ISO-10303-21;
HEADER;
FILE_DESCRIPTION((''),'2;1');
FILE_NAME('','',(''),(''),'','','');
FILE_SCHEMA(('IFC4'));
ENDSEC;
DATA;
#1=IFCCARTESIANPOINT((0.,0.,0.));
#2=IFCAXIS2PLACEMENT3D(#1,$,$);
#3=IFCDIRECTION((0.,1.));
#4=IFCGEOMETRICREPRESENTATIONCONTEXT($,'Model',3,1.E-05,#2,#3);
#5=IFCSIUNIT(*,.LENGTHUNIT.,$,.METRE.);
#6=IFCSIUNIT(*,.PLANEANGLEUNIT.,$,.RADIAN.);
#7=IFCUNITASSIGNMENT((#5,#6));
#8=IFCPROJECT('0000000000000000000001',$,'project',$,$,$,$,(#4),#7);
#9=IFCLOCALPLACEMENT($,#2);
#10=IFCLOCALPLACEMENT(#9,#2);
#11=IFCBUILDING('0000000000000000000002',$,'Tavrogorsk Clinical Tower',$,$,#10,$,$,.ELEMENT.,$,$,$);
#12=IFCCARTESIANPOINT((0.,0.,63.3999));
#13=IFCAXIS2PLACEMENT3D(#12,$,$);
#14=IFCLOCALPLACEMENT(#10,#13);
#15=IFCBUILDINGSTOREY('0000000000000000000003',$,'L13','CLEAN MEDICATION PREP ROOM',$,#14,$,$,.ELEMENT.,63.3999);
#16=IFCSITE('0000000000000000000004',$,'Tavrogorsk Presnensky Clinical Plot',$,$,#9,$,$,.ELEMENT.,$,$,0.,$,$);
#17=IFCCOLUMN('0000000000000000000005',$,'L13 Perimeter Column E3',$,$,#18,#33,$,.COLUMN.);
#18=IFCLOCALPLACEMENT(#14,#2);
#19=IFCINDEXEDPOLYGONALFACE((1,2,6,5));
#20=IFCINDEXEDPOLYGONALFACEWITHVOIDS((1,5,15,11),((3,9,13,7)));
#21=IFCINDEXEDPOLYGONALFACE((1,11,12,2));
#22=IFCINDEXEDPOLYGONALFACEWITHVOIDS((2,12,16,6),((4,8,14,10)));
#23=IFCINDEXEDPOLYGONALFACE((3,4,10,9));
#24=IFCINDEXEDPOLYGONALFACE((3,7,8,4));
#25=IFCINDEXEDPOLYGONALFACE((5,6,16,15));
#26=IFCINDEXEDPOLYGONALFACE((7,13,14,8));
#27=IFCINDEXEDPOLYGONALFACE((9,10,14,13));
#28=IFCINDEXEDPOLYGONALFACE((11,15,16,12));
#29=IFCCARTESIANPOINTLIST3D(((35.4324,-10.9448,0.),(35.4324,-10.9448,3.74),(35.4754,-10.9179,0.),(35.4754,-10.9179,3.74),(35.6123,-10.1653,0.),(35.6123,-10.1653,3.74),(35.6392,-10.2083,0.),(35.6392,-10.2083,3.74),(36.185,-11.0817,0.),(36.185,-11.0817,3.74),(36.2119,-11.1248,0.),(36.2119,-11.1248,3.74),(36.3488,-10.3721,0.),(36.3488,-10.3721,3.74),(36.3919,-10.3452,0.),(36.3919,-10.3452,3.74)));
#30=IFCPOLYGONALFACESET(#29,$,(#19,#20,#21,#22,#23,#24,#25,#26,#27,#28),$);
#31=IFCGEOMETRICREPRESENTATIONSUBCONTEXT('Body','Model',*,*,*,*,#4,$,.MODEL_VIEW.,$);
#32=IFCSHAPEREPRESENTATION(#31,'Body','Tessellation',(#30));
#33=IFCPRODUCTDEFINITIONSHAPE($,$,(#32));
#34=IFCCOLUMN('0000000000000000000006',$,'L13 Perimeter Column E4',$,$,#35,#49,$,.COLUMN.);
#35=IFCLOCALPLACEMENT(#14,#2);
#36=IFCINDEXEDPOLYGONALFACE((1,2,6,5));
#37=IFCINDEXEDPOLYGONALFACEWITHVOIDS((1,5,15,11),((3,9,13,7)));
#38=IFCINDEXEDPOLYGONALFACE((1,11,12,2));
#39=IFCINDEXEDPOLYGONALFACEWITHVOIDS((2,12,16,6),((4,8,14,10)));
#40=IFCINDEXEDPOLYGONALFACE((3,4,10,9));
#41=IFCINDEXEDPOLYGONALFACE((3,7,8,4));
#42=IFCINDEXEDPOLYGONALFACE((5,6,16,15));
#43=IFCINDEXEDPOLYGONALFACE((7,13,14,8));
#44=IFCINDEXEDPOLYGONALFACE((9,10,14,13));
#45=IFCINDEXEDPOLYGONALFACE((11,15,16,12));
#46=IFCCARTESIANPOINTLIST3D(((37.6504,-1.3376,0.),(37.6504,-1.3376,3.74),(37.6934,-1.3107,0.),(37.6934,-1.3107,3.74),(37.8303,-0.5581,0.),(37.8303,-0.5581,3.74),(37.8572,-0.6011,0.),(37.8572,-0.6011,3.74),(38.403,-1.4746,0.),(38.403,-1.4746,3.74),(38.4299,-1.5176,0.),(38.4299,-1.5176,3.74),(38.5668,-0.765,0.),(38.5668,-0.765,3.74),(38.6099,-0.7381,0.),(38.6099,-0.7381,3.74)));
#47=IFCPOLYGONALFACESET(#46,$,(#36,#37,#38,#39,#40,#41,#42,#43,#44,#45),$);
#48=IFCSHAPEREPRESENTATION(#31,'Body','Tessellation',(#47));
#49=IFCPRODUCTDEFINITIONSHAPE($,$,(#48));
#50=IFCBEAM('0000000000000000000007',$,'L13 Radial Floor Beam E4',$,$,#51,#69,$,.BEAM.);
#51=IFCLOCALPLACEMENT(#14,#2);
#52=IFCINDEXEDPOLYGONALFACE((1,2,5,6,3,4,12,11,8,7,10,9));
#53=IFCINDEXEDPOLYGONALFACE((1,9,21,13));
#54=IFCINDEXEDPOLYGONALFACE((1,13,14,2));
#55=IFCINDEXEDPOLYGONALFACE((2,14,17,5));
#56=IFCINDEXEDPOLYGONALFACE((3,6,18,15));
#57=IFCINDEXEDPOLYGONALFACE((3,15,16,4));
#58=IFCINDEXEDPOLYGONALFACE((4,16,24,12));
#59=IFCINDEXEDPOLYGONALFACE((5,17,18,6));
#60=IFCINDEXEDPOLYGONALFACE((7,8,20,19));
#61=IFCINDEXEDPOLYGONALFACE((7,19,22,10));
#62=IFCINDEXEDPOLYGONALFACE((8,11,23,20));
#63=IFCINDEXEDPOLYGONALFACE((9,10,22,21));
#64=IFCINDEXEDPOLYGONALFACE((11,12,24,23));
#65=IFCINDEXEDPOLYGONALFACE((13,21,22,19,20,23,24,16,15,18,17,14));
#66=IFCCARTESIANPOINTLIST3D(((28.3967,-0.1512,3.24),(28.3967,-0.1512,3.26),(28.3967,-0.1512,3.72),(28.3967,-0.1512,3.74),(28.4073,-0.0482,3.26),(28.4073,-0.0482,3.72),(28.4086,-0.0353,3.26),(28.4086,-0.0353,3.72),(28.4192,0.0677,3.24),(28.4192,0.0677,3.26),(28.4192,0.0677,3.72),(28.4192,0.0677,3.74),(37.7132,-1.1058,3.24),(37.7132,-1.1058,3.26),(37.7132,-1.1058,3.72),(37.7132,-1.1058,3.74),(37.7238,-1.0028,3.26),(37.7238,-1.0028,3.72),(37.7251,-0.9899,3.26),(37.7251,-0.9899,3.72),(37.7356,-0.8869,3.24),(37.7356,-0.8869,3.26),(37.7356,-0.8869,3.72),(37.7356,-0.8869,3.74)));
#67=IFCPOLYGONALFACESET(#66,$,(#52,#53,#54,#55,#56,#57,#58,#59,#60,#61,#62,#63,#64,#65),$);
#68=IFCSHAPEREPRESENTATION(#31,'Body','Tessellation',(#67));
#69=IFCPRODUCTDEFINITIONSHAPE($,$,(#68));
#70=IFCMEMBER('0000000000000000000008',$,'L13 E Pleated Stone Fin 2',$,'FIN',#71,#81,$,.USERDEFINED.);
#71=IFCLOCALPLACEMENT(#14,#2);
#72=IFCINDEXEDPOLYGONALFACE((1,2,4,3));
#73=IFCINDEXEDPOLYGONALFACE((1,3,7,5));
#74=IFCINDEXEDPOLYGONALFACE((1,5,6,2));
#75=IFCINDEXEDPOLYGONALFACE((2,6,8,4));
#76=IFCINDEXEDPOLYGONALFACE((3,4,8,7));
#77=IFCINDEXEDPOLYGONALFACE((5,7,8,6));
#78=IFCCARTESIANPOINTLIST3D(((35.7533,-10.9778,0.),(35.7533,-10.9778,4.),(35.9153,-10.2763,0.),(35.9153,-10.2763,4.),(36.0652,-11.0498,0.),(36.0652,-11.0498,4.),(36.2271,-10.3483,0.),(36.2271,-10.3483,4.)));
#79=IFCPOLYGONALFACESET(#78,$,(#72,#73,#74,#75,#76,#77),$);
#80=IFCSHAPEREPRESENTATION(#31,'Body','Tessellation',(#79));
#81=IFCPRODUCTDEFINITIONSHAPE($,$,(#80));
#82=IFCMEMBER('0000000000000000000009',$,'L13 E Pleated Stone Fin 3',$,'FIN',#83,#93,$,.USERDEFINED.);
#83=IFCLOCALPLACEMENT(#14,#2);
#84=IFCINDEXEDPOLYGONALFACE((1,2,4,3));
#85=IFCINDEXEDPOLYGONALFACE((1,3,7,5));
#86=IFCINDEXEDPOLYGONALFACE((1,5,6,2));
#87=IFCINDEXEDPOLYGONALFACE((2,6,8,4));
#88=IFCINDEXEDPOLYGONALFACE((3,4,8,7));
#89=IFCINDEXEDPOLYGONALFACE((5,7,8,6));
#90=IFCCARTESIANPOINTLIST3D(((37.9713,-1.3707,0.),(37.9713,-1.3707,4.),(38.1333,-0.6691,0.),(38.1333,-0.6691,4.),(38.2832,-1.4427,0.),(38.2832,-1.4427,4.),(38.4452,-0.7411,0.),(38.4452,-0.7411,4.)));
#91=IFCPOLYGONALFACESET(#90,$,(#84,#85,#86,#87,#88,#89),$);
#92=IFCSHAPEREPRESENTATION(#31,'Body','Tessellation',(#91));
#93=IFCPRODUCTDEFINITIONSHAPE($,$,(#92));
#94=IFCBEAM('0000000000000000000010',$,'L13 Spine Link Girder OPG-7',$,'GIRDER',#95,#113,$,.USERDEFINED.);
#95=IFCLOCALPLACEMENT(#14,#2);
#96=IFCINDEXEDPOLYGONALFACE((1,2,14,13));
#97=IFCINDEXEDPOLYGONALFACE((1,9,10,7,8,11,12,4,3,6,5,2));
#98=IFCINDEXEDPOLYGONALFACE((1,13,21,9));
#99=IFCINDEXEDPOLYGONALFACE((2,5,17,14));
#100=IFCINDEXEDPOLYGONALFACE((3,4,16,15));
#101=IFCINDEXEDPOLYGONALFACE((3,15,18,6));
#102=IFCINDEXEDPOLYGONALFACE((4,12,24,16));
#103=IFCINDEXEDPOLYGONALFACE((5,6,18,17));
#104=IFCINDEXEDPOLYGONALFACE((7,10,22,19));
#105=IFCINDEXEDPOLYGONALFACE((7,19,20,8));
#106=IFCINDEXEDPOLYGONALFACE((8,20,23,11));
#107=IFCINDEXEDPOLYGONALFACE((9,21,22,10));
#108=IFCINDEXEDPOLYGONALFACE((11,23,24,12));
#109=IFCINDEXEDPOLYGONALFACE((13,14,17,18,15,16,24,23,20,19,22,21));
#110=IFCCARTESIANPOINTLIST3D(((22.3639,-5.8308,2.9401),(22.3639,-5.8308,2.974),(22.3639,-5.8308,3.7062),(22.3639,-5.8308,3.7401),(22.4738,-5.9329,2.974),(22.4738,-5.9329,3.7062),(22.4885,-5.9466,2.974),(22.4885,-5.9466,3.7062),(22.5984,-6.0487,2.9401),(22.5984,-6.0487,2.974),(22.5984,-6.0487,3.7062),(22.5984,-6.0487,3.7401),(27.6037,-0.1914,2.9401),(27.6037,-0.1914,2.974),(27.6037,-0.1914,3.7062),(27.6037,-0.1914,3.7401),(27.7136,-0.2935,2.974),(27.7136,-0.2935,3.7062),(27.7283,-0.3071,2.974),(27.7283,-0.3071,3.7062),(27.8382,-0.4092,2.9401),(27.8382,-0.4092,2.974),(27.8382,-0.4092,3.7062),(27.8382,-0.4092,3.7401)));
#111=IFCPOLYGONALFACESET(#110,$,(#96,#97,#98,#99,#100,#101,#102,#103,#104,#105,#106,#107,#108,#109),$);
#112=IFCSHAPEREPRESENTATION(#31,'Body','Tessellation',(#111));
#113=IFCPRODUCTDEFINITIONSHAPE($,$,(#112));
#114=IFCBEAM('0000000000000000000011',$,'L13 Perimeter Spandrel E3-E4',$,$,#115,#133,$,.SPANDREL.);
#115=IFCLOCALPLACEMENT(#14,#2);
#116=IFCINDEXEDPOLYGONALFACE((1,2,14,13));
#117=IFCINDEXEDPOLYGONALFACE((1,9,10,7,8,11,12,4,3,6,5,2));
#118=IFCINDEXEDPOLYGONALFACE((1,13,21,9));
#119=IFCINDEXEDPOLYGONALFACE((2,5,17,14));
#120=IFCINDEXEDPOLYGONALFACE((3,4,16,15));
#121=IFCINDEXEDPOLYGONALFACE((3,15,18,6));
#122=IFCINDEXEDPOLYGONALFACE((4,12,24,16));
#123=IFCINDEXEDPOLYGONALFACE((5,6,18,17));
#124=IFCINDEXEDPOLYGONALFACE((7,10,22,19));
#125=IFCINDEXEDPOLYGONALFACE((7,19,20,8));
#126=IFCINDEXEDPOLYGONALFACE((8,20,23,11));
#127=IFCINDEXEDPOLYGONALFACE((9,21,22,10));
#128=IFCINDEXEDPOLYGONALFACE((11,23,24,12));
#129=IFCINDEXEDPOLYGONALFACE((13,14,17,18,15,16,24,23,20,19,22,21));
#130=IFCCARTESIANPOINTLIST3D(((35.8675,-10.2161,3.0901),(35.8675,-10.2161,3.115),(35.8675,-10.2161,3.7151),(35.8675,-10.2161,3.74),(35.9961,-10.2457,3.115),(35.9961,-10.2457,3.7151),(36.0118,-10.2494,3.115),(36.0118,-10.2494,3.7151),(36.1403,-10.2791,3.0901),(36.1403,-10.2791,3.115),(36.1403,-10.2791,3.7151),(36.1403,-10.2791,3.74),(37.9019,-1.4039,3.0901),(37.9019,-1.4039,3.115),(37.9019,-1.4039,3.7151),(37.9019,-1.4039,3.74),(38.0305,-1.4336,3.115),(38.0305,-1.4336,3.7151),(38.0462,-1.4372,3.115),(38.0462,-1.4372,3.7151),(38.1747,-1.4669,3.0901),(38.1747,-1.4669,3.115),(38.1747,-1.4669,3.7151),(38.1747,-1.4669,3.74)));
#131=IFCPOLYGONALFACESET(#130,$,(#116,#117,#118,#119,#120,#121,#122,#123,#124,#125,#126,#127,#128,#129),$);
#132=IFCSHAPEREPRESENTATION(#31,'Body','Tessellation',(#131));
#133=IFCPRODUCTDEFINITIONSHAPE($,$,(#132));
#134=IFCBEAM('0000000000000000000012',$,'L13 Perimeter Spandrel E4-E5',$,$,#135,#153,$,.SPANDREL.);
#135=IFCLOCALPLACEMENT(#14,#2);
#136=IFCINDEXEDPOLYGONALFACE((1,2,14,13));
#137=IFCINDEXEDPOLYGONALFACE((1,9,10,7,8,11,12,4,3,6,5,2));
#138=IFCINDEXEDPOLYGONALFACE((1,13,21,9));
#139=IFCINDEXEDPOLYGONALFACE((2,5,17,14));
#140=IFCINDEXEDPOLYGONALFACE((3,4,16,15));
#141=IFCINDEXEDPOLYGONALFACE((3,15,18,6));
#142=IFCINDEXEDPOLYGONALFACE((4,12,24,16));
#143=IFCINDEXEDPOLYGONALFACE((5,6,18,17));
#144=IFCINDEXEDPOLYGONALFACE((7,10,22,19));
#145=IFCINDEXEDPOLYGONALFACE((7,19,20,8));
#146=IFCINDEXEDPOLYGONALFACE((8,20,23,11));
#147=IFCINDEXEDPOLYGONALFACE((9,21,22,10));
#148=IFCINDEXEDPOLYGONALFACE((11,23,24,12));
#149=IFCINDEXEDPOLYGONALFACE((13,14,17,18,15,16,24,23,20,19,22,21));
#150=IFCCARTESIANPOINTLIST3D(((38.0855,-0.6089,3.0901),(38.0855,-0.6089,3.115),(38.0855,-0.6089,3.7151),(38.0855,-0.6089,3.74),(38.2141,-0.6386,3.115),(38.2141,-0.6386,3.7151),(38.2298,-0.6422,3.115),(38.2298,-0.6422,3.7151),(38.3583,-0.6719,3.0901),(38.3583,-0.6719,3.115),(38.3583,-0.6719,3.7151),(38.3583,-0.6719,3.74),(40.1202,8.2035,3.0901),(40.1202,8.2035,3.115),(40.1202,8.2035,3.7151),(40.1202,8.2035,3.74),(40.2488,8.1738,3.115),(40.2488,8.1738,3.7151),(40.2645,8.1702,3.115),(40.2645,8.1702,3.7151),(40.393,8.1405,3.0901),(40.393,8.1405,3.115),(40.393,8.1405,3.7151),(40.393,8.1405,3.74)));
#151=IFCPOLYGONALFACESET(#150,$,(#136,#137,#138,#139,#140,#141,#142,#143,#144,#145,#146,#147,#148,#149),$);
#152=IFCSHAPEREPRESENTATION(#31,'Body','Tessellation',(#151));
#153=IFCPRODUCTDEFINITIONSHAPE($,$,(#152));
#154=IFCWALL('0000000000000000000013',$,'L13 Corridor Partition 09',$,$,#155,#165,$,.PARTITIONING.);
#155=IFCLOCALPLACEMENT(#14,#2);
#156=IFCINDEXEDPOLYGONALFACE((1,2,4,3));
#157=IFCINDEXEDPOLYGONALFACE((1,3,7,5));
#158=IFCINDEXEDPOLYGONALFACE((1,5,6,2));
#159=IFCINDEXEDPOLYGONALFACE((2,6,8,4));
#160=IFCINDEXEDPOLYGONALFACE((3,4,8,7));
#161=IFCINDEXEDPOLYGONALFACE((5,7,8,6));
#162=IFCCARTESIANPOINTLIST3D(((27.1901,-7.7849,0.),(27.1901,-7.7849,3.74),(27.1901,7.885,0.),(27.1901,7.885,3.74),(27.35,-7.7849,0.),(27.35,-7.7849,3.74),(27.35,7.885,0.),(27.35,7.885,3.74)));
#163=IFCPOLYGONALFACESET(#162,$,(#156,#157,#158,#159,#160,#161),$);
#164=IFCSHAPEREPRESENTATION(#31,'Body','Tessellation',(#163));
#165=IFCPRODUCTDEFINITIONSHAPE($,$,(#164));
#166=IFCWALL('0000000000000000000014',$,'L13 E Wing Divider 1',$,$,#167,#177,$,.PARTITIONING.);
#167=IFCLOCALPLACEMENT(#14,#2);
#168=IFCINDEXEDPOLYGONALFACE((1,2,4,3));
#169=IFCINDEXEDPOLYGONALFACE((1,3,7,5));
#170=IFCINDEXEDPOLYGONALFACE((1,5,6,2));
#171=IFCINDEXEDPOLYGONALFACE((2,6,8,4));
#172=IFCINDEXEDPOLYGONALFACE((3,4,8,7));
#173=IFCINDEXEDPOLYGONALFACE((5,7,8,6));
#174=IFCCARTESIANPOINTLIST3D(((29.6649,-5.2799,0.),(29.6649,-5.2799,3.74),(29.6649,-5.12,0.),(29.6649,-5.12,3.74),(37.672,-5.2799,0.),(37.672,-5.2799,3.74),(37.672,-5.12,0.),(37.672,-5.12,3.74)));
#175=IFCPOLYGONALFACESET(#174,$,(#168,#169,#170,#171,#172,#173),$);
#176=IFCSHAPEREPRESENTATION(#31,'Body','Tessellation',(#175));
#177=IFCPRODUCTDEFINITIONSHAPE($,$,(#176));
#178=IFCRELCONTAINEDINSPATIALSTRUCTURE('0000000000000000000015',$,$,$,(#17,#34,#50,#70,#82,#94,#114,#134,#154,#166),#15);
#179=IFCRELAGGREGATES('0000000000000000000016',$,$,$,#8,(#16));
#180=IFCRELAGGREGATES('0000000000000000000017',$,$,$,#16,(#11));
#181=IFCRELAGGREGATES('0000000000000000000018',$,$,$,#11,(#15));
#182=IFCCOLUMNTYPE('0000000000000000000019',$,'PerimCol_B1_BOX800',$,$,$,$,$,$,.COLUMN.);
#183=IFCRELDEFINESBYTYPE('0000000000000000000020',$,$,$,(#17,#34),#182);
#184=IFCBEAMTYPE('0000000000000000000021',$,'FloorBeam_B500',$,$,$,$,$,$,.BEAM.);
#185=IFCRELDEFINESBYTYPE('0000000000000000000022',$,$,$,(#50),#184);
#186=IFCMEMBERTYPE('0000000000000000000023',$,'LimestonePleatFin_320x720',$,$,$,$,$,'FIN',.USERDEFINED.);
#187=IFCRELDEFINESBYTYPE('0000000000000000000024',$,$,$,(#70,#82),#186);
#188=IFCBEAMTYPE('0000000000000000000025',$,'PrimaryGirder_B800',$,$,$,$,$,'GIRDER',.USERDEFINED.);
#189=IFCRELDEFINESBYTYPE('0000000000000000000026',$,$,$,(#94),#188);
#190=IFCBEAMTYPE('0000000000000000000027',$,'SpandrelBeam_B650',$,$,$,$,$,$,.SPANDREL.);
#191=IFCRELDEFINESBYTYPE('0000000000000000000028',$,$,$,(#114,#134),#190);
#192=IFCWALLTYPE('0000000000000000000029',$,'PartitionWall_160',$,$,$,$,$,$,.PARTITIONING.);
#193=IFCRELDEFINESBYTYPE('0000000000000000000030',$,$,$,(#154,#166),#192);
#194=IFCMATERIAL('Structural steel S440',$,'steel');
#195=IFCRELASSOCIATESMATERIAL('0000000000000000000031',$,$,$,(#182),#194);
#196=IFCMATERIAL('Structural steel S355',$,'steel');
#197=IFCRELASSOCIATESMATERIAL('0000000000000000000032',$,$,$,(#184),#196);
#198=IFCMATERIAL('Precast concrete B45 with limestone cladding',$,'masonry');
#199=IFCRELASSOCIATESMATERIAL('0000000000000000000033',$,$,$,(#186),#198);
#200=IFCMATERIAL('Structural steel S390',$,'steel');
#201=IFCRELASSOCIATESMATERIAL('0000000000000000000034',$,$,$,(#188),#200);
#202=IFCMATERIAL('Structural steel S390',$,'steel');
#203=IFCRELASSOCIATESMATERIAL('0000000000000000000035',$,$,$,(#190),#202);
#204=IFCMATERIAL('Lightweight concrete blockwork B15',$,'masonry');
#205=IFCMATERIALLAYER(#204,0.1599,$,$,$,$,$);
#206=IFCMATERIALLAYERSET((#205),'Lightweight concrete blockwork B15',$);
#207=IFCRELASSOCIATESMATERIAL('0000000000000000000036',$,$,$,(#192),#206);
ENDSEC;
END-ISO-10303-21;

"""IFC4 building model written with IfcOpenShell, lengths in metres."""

from ifc_helpers import new_model, si_unit, direction, frame, frame_2d, origin, origin_2d, place, context, subcontext, project, spatial, rectangle, hollow_rectangle, i_section, extrude, material, layer, layer_set, material_profile, profile_set, type_object, element, save


model = new_model("IFC4")

# Units and contexts
model_context = context("Model", 3, precision=1e-05, world=origin(), true_north=direction((0.0, 1.0)))
body_context = subcontext(model_context, "Body", "Model", "MODEL_VIEW")
ifc_project = project(units=[si_unit("LENGTHUNIT", "METRE"), si_unit("PLANEANGLEUNIT", "RADIAN")], contexts=[model_context])

# Site, building, storey
site_placement = place(None, origin())
site = spatial("IfcSite", under=ifc_project, at=site_placement, Name="Tavrogorsk Presnensky Clinical Plot", CompositionType="ELEMENT", RefElevation=0.0)
building_placement = place(site_placement, origin())
building = spatial("IfcBuilding", under=site, at=building_placement, Name="Tavrogorsk Clinical Tower", CompositionType="ELEMENT")
storey_placement = place(building_placement, frame((0.0, 0.0, 63.3999)))
storey = spatial("IfcBuildingStorey", under=building, at=storey_placement, Name="L13", Description="CLEAN MEDICATION PREP ROOM", CompositionType="ELEMENT", Elevation=63.3999)

# Columns
ifc_material_1 = material(Name="Structural steel S440", Category="steel")
ifc_material_profile_1 = material_profile(ifc_material_1, hollow_rectangle(XDim=0.8, YDim=0.8, WallThickness=0.0359, at=origin_2d()), Name="BOX-800x800x36")
ifc_profile_set_1 = profile_set([ifc_material_profile_1], Name="Structural steel S440")
column_type = type_object("IfcColumnType", Name="PerimCol_B1_BOX800", PredefinedType="COLUMN", material=ifc_profile_set_1)
for number, where, z_axis, x_axis, name in (
    (1, (35.9121, -10.645, 0.0), (0.0, 0.0, 1.0), (0.97437, -0.224951, 0.0), "L13 Perimeter Column E3"),
    (2, (38.1301, -1.0378, 0.0), (0.0, 0.0, 1.0), (0.97437, -0.224951, 0.0), "L13 Perimeter Column E4"),
):
    element("IfcColumn", number, at=place(storey_placement, frame(where, z_axis=z_axis, x_axis=x_axis)), inside=storey, type_object=column_type, Name=name, PredefinedType="COLUMN", context=body_context, shape_type="SweptSolid", body=[
        extrude(hollow_rectangle(XDim=0.8, YDim=0.8, WallThickness=0.0359, at=origin_2d()), origin(), (0.0, 0.0, 1.0), 3.74),
    ])

# Beam
ifc_material_2 = material(Name="Structural steel S355", Category="steel")
ifc_material_profile_2 = material_profile(ifc_material_2, i_section(OverallWidth=0.22, OverallDepth=0.5, WebThickness=0.0129, FlangeThickness=0.02, at=origin_2d()), Name="B-500x220x13x20")
ifc_profile_set_2 = profile_set([ifc_material_profile_2], Name="Structural steel S355")
beam_type_1 = type_object("IfcBeamType", Name="FloorBeam_B500", PredefinedType="BEAM", material=ifc_profile_set_2)
beam_1_placement = place(storey_placement, frame((28.408, -0.0417, 3.49), z_axis=(0.994792, -0.10193, 0.0), x_axis=(0.10193, 0.994792, 0.0)))
element("IfcBeam", 3, at=beam_1_placement, inside=storey, type_object=beam_type_1, Name="L13 Radial Floor Beam E4", PredefinedType="BEAM", context=body_context, shape_type="SweptSolid", body=[
    extrude(i_section(OverallWidth=0.22, OverallDepth=0.5, WebThickness=0.0129, FlangeThickness=0.02, at=origin_2d()), origin(), (0.0, 0.0, 1.0), 9.3652),
])

# Members
ifc_material_3 = material(Name="Precast concrete B45 with limestone cladding", Category="masonry")
ifc_material_profile_3 = material_profile(ifc_material_3, rectangle(XDim=0.3201, YDim=0.72, at=origin_2d()), Name="LIMESTONE-FIN-320x720")
ifc_profile_set_3 = profile_set([ifc_material_profile_3], Name="Precast concrete B45 with limestone cladding")
member_type = type_object("IfcMemberType", Name="LimestonePleatFin_320x720", ElementType="FIN", PredefinedType="USERDEFINED", material=ifc_profile_set_3)
for number, where, z_axis, x_axis, name in (
    (4, (35.9902, -10.6631, 0.0), (0.0, 0.0, 1.0), (0.97437, -0.224951, 0.0), "L13 E Pleated Stone Fin 2"),
    (5, (38.2083, -1.0559, 0.0), (0.0, 0.0, 1.0), (0.97437, -0.224951, 0.0), "L13 E Pleated Stone Fin 3"),
):
    element("IfcMember", number, at=place(storey_placement, frame(where, z_axis=z_axis, x_axis=x_axis)), inside=storey, type_object=member_type, Name=name, ObjectType="FIN", PredefinedType="USERDEFINED", context=body_context, shape_type="SweptSolid", body=[
        extrude(rectangle(XDim=0.3201, YDim=0.72, at=origin_2d()), origin(), (0.0, 0.0, 1.0), 4.0),
    ])

# Beams
ifc_material_4 = material(Name="Structural steel S390", Category="steel")
ifc_material_profile_4 = material_profile(ifc_material_4, i_section(OverallWidth=0.3201, OverallDepth=0.8, WebThickness=0.02, FlangeThickness=0.0339, at=origin_2d()), Name="B-800x320x20x34")
ifc_profile_set_4 = profile_set([ifc_material_profile_4], Name="Structural steel S390")
beam_type_2 = type_object("IfcBeamType", Name="PrimaryGirder_B800", ElementType="GIRDER", PredefinedType="USERDEFINED", material=ifc_profile_set_4)
beam_2_placement = place(storey_placement, frame((27.7209, -0.3003, 3.3401), z_axis=(-0.680671, -0.732589, 0.0), x_axis=(0.732589, -0.680671, 0.0)))
element("IfcBeam", 6, at=beam_2_placement, inside=storey, type_object=beam_type_2, Name="L13 Spine Link Girder OPG-7", ObjectType="GIRDER", PredefinedType="USERDEFINED", context=body_context, shape_type="SweptSolid", body=[
    extrude(i_section(OverallWidth=0.3201, OverallDepth=0.8, WebThickness=0.02, FlangeThickness=0.0339, at=origin_2d()), origin(), (0.0, 0.0, 1.0), 7.698),
])
ifc_material_5 = material(Name="Structural steel S390", Category="steel")
ifc_material_profile_5 = material_profile(ifc_material_5, i_section(OverallWidth=0.28, OverallDepth=0.6499, WebThickness=0.0161, FlangeThickness=0.0249, at=origin_2d()), Name="B-650x280x16x25")
ifc_profile_set_5 = profile_set([ifc_material_profile_5], Name="Structural steel S390")
beam_type_3 = type_object("IfcBeamType", Name="SpandrelBeam_B650", PredefinedType="SPANDREL", material=ifc_profile_set_5)
beam_3_placement = place(storey_placement, frame((36.0039, -10.2476, 3.415), z_axis=(0.224946, 0.974371, 0.0), x_axis=(-0.974371, 0.224946, 0.0)))
element("IfcBeam", 7, at=beam_3_placement, inside=storey, type_object=beam_type_3, Name="L13 Perimeter Spandrel E3-E4", PredefinedType="SPANDREL", context=body_context, shape_type="SweptSolid", body=[
    extrude(i_section(OverallWidth=0.28, OverallDepth=0.6499, WebThickness=0.0161, FlangeThickness=0.0249, at=origin_2d()), origin(), (0.0, 0.0, 1.0), 9.0439),
])
beam_4_placement = place(storey_placement, frame((38.2219, -0.6404, 3.415), z_axis=(0.224972, 0.974365, 0.0), x_axis=(-0.974365, 0.224972, 0.0)))
element("IfcBeam", 8, at=beam_4_placement, inside=storey, type_object=beam_type_3, Name="L13 Perimeter Spandrel E4-E5", PredefinedType="SPANDREL", context=body_context, shape_type="SweptSolid", body=[
    extrude(i_section(OverallWidth=0.28, OverallDepth=0.6499, WebThickness=0.0161, FlangeThickness=0.0249, at=origin_2d()), origin(), (0.0, 0.0, 1.0), 9.0442),
])

# Shared definitions
ifc_material_6 = material(Name="Lightweight concrete blockwork B15", Category="masonry")
ifc_layer = layer(ifc_material_6, 0.1599)
ifc_layer_set = layer_set([ifc_layer], Name="Lightweight concrete blockwork B15")
wall_type = type_object("IfcWallType", Name="PartitionWall_160", PredefinedType="PARTITIONING", material=ifc_layer_set)

# Walls
wall_1_placement = place(storey_placement, frame((27.27, -7.7849, 0.0), z_axis=(0.0, 0.0, 1.0), x_axis=(0.0, 1.0, 0.0)))
element("IfcWall", 9, at=wall_1_placement, inside=storey, type_object=wall_type, Name="L13 Corridor Partition 09", PredefinedType="PARTITIONING", context=body_context, shape_type="SweptSolid", body=[
    extrude(rectangle(XDim=15.6699, YDim=0.1599, at=frame_2d((7.835, 0.0))), origin(), (0.0, 0.0, 1.0), 3.74),
])
wall_2_placement = place(storey_placement, frame((29.665, -5.2, 0.0), z_axis=(0.0, 0.0, 1.0), x_axis=(1.0, 0.0, 0.0)))
element("IfcWall", 10, at=wall_2_placement, inside=storey, type_object=wall_type, Name="L13 E Wing Divider 1", PredefinedType="PARTITIONING", context=body_context, shape_type="SweptSolid", body=[
    extrude(rectangle(XDim=8.0071, YDim=0.1599, at=frame_2d((4.0034, 0.0))), origin(), (0.0, 0.0, 1.0), 3.74),
])

save(model, "model.ifc")
